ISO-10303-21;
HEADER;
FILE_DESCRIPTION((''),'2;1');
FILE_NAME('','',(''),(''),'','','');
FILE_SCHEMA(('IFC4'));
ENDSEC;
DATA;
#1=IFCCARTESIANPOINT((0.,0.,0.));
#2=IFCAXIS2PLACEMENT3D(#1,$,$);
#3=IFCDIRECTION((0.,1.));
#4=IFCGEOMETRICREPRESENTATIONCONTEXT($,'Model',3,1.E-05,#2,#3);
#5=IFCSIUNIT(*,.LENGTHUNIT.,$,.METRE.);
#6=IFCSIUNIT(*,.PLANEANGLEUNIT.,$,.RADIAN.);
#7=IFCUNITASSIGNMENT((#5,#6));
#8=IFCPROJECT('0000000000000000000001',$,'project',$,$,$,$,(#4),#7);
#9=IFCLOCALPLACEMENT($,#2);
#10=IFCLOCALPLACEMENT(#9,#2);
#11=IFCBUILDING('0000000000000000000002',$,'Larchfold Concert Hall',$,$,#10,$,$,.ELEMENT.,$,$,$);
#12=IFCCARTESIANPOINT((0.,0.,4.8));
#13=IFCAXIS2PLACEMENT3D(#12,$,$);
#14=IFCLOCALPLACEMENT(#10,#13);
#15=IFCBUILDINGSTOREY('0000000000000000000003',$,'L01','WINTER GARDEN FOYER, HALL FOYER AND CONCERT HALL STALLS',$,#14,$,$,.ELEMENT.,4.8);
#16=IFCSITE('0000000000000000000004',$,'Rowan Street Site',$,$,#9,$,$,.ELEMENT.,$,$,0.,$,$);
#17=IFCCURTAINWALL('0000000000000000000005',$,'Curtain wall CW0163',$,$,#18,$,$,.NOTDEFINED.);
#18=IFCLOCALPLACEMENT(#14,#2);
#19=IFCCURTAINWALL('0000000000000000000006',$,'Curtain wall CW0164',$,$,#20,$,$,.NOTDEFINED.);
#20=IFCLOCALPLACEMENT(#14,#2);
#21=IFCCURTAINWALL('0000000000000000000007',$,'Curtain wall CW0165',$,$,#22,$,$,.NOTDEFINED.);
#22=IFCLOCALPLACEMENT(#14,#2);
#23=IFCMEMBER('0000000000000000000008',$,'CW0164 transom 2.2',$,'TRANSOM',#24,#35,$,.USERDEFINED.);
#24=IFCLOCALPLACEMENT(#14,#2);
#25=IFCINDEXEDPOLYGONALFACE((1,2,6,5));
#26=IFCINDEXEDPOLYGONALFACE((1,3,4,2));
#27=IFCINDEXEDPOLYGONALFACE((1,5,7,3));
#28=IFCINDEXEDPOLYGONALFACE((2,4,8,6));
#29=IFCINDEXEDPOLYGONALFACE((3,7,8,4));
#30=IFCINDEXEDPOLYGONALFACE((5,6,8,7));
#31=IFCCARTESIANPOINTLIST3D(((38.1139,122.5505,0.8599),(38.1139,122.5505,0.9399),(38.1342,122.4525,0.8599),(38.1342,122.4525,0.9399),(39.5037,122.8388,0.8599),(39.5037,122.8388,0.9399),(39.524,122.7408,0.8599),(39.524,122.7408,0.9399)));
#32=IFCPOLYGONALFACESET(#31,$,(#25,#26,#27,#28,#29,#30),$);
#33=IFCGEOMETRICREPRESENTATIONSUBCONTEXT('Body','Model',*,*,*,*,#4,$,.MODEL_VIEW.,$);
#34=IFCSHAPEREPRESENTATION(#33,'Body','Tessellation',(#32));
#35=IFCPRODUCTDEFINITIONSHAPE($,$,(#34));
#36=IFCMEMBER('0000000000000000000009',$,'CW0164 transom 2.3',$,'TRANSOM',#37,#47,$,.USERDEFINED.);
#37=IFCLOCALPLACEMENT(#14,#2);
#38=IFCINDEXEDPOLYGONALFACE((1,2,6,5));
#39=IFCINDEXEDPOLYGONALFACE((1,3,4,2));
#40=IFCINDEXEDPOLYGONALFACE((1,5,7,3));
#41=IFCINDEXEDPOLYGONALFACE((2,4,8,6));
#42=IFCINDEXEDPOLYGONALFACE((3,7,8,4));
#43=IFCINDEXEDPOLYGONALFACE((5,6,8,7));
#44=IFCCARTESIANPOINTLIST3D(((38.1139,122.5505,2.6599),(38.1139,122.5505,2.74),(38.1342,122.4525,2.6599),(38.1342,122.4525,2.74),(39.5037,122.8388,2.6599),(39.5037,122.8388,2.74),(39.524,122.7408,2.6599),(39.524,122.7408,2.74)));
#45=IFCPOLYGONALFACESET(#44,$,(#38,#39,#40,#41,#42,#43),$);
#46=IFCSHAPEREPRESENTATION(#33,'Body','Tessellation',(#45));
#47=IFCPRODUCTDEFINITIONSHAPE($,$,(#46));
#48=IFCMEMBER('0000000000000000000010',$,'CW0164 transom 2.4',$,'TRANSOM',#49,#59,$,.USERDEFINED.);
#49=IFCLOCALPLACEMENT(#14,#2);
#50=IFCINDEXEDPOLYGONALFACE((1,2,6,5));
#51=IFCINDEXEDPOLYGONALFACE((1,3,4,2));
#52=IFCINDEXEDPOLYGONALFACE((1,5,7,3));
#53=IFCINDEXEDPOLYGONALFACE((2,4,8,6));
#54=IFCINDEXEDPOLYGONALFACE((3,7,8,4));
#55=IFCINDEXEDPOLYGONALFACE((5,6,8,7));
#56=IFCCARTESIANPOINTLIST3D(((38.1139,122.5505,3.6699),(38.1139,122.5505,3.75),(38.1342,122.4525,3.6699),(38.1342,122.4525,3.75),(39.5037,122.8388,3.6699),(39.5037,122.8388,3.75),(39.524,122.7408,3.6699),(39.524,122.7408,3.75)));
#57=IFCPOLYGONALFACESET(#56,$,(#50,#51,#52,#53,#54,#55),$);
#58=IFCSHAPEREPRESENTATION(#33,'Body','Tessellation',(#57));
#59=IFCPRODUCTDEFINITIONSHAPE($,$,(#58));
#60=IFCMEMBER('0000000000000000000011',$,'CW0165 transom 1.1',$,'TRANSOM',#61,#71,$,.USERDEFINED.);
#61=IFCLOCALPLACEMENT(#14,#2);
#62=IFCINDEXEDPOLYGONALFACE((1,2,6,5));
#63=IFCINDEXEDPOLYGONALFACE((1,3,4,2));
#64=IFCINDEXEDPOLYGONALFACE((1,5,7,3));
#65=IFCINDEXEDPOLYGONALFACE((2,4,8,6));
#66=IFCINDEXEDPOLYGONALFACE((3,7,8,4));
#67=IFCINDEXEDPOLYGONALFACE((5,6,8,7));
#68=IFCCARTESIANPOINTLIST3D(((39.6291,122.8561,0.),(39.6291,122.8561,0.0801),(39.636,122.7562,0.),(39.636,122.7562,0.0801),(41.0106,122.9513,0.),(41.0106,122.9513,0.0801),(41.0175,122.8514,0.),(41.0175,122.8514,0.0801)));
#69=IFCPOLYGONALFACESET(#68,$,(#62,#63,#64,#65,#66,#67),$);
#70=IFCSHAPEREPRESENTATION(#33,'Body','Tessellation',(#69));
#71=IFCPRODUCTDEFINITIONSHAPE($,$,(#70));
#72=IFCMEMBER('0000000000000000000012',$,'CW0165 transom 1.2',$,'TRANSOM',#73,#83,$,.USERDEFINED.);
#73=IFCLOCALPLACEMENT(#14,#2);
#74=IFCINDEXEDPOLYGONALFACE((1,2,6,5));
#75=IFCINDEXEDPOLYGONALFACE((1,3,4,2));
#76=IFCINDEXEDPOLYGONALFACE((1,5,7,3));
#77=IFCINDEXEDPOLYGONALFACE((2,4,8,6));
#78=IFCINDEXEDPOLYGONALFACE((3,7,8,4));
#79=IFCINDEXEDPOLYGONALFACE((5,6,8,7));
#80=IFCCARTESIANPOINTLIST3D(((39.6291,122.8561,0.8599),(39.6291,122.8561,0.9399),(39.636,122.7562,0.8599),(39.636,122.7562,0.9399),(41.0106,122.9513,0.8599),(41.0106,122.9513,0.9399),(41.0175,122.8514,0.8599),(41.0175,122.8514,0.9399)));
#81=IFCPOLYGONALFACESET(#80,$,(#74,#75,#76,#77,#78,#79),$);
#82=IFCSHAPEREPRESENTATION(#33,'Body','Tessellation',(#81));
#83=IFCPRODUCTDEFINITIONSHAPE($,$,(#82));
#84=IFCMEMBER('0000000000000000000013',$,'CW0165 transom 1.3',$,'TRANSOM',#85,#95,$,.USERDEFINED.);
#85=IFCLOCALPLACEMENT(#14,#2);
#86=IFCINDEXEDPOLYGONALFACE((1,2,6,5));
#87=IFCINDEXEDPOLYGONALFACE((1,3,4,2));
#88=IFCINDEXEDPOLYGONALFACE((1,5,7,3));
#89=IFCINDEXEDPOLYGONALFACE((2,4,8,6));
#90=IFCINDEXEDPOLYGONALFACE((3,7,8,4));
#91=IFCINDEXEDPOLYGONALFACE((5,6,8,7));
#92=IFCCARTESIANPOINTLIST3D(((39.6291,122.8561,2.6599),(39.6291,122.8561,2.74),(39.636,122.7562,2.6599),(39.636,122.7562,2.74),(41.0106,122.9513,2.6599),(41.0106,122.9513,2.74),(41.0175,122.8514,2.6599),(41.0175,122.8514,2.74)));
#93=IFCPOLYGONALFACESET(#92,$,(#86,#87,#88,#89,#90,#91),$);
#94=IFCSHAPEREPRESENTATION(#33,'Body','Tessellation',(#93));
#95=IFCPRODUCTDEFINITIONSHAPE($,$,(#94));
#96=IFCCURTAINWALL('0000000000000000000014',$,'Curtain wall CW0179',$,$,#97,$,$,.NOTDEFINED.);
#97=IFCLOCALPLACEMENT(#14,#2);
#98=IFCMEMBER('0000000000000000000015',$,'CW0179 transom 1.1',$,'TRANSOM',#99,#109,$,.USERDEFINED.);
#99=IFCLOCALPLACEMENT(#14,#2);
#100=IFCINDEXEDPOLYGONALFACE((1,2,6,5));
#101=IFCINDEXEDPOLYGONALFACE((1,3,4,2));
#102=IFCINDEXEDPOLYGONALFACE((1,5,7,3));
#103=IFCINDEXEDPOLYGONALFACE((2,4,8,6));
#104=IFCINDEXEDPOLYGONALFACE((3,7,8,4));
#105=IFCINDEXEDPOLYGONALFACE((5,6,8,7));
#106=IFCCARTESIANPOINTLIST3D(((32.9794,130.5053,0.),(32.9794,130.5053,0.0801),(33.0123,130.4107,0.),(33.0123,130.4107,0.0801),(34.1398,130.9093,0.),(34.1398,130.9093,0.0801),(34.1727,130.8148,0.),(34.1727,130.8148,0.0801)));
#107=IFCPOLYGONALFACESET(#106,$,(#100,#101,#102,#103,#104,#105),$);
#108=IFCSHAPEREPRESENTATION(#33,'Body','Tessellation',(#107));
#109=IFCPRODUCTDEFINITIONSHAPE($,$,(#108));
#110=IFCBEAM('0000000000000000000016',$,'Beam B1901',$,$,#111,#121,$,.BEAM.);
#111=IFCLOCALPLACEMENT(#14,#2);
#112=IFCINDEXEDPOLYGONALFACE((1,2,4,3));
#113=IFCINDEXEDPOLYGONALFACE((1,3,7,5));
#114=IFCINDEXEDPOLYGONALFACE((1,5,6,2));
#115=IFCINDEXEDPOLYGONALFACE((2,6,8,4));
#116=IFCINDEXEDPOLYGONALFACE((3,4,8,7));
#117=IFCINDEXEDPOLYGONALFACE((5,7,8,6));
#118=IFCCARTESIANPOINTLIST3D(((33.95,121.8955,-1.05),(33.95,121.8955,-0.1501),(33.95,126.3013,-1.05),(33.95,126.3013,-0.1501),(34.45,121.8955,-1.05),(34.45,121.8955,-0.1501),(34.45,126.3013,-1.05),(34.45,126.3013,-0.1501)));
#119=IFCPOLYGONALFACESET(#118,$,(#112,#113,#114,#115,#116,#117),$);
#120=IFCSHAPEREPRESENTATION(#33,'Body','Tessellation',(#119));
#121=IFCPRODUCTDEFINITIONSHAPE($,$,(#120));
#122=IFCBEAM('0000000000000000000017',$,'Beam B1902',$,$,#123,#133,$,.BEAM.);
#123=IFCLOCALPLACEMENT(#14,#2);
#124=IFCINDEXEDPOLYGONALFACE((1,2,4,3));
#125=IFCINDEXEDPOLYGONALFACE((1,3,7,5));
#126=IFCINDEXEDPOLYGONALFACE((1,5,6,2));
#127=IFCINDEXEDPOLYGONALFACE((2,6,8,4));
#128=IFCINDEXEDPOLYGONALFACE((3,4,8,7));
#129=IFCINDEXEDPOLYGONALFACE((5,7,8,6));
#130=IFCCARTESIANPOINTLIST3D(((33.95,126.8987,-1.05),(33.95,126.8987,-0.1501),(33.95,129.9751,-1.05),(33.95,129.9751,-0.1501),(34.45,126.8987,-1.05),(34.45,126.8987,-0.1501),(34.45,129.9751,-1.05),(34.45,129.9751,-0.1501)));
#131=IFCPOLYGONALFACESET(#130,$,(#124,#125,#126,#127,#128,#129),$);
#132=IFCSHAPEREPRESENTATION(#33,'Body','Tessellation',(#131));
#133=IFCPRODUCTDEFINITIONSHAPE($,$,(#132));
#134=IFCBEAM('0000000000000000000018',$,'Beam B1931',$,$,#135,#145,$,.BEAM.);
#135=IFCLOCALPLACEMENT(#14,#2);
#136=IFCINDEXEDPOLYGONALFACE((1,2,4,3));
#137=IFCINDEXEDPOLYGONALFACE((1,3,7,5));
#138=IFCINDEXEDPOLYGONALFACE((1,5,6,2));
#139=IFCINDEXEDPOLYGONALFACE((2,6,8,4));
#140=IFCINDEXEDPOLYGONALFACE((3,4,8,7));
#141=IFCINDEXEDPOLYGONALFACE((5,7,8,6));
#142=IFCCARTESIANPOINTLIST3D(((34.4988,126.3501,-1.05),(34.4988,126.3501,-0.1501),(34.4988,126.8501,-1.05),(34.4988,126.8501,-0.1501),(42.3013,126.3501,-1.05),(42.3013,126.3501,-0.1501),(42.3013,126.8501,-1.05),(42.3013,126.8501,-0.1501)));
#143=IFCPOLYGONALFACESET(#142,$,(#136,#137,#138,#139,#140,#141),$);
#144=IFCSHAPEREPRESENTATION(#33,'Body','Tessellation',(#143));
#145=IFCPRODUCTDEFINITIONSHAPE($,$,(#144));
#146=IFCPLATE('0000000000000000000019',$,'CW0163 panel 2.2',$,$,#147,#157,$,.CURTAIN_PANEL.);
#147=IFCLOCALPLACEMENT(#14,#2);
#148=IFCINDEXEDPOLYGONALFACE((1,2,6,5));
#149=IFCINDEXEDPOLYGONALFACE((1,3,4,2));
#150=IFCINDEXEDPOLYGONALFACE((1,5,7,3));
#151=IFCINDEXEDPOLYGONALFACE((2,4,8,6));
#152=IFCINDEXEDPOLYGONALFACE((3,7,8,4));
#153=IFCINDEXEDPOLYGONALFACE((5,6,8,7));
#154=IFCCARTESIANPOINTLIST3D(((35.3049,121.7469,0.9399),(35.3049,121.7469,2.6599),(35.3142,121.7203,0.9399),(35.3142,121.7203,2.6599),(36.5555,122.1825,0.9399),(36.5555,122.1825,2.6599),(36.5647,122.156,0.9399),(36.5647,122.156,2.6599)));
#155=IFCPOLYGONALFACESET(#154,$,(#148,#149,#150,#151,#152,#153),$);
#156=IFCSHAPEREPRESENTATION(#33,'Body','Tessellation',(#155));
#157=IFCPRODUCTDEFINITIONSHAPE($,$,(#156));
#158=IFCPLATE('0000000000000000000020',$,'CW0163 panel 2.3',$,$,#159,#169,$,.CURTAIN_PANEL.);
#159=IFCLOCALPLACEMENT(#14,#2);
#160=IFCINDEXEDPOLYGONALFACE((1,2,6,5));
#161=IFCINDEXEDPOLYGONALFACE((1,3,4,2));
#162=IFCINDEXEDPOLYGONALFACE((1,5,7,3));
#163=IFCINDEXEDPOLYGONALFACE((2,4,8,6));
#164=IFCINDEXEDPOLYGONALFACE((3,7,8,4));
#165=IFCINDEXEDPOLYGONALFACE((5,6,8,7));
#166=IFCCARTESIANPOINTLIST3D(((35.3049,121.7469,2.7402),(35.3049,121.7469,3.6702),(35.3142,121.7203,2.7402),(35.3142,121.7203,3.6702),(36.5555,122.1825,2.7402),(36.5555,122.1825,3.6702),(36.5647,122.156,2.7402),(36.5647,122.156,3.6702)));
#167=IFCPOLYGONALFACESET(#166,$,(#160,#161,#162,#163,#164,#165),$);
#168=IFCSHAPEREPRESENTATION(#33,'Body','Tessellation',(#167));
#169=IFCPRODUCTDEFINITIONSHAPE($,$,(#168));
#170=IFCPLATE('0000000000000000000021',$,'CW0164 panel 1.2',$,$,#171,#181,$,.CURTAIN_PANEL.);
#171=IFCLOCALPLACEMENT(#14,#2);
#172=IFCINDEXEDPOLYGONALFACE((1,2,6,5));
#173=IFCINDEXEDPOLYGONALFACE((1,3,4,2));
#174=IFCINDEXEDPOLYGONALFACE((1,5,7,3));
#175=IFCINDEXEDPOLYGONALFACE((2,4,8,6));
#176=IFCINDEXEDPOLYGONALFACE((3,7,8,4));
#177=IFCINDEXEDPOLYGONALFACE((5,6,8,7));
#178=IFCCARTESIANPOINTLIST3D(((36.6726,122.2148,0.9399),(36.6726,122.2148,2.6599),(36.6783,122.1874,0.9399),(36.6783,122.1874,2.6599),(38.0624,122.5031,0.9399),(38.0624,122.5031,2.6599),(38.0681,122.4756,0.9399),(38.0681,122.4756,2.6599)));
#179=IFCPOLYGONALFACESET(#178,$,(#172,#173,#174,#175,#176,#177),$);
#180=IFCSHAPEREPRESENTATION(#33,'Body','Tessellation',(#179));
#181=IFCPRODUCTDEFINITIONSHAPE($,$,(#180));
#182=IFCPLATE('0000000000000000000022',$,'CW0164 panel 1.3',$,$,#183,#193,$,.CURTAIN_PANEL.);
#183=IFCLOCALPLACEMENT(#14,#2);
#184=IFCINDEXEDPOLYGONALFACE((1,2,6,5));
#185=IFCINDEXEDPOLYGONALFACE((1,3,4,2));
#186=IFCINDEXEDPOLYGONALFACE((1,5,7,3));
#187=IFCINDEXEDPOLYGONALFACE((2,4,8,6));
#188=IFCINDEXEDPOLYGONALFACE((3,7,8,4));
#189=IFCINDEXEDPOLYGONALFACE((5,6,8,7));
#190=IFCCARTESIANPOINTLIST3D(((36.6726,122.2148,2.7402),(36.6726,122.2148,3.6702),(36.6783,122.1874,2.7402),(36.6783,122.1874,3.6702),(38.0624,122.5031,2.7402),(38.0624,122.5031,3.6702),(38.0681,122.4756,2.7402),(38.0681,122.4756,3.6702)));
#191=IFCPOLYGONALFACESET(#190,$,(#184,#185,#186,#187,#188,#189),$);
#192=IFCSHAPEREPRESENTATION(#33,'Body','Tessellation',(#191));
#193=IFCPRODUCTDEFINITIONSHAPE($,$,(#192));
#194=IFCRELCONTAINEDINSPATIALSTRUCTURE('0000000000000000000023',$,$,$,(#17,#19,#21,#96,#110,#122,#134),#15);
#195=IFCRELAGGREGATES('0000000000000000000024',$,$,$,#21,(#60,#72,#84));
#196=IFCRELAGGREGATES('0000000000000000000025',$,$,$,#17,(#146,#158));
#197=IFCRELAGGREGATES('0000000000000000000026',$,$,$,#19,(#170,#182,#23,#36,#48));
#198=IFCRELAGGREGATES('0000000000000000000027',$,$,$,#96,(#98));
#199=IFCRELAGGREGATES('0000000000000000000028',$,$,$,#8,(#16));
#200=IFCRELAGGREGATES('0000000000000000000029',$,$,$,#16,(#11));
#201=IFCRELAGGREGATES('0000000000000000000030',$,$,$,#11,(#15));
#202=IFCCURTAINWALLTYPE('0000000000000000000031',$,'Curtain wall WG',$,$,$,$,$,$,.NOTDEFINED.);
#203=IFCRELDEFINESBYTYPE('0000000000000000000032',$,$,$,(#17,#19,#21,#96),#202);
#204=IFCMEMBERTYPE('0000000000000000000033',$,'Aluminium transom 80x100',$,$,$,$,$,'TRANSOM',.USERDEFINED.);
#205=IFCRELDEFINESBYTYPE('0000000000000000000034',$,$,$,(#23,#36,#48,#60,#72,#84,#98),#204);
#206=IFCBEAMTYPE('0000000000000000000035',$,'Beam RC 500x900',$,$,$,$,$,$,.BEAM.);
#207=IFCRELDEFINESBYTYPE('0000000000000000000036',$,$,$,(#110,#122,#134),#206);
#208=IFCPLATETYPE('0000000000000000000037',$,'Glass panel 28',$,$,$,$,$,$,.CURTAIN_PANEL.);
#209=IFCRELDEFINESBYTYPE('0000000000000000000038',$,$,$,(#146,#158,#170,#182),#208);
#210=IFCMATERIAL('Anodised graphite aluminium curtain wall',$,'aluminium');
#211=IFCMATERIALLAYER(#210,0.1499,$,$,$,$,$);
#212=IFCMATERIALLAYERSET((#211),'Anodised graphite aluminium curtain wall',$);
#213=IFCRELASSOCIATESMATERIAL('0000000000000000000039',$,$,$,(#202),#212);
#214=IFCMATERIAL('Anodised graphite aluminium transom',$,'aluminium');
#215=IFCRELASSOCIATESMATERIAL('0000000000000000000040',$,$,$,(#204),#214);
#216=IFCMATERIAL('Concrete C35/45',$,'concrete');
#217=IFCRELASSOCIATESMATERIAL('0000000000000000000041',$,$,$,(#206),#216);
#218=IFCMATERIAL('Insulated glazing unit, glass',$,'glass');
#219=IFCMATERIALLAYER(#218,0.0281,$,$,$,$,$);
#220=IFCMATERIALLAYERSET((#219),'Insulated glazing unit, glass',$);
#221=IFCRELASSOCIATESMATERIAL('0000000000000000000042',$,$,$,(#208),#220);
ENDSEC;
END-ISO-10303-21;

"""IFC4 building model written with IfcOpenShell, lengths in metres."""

from ifc_helpers import new_model, si_unit, direction, frame, origin, origin_2d, place, context, subcontext, project, spatial, rectangle, extrude, material, layer, layer_set, material_profile, profile_set, type_object, element, aggregate, save


model = new_model("IFC4")

# Units and contexts
model_context = context("Model", 3, precision=1e-05, world=origin(), true_north=direction((0.0, 1.0)))
body_context = subcontext(model_context, "Body", "Model", "MODEL_VIEW")
ifc_project = project(units=[si_unit("LENGTHUNIT", "METRE"), si_unit("PLANEANGLEUNIT", "RADIAN")], contexts=[model_context])

# Site, building, storey
site_placement = place(None, origin())
site = spatial("IfcSite", under=ifc_project, at=site_placement, Name="Rowan Street Site", CompositionType="ELEMENT", RefElevation=0.0)
building_placement = place(site_placement, origin())
building = spatial("IfcBuilding", under=site, at=building_placement, Name="Larchfold Concert Hall", CompositionType="ELEMENT")
storey_placement = place(building_placement, frame((0.0, 0.0, 4.8)))
storey = spatial("IfcBuildingStorey", under=building, at=storey_placement, Name="L01", Description="WINTER GARDEN FOYER, HALL FOYER AND CONCERT HALL STALLS", CompositionType="ELEMENT", Elevation=4.8)

# Curtain wall
ifc_material_1 = material(Name="Anodised graphite aluminium curtain wall", Category="aluminium")
ifc_layer_1 = layer(ifc_material_1, 0.1499)
ifc_layer_set_1 = layer_set([ifc_layer_1], Name="Anodised graphite aluminium curtain wall")
curtain_wall_type = type_object("IfcCurtainWallType", Name="Curtain wall WG", PredefinedType="NOTDEFINED", material=ifc_layer_set_1)
curtain_wall_1_placement = place(storey_placement, origin())
curtain_wall_1 = element("IfcCurtainWall", 1, at=curtain_wall_1_placement, inside=storey, type_object=curtain_wall_type, Name="Curtain wall CW0163", PredefinedType="NOTDEFINED")

# Curtain wall
curtain_wall_2_placement = place(storey_placement, origin())
curtain_wall_2 = element("IfcCurtainWall", 2, at=curtain_wall_2_placement, inside=storey, type_object=curtain_wall_type, Name="Curtain wall CW0164", PredefinedType="NOTDEFINED")

# Curtain wall
curtain_wall_3_placement = place(storey_placement, origin())
curtain_wall_3 = element("IfcCurtainWall", 3, at=curtain_wall_3_placement, inside=storey, type_object=curtain_wall_type, Name="Curtain wall CW0165", PredefinedType="NOTDEFINED")

# Members
ifc_material_2 = material(Name="Anodised graphite aluminium transom", Category="aluminium")
ifc_material_profile_1 = material_profile(ifc_material_2, rectangle(XDim=0.1001, YDim=0.0801, at=origin_2d()))
ifc_profile_set_1 = profile_set([ifc_material_profile_1], Name="Anodised graphite aluminium transom")
member_type_1 = type_object("IfcMemberType", Name="Aluminium transom 80x100", ElementType="TRANSOM", PredefinedType="USERDEFINED", material=ifc_profile_set_1)
member_1_placement = place(storey_placement, frame((38.124, 122.5015, 0.8999), z_axis=(0.979153, 0.203123, 0.0), x_axis=(-0.203123, 0.979153, 0.0)))
member_1 = element("IfcMember", 4, at=member_1_placement, type_object=member_type_1, Name="CW0164 transom 2.2", ObjectType="TRANSOM", PredefinedType="USERDEFINED", context=body_context, shape_type="SweptSolid", body=[
    extrude(rectangle(XDim=0.1001, YDim=0.0801, at=origin_2d()), origin(), (0.0, 0.0, 1.0), 1.4194),
])
member_2_placement = place(storey_placement, frame((38.124, 122.5015, 2.7), z_axis=(0.979153, 0.203123, 0.0), x_axis=(-0.203123, 0.979153, 0.0)))
member_2 = element("IfcMember", 5, at=member_2_placement, type_object=member_type_1, Name="CW0164 transom 2.3", ObjectType="TRANSOM", PredefinedType="USERDEFINED", context=body_context, shape_type="SweptSolid", body=[
    extrude(rectangle(XDim=0.1001, YDim=0.0801, at=origin_2d()), origin(), (0.0, 0.0, 1.0), 1.4194),
])
member_3_placement = place(storey_placement, frame((38.124, 122.5015, 3.71), z_axis=(0.979153, 0.203123, 0.0), x_axis=(-0.203123, 0.979153, 0.0)))
member_3 = element("IfcMember", 6, at=member_3_placement, type_object=member_type_1, Name="CW0164 transom 2.4", ObjectType="TRANSOM", PredefinedType="USERDEFINED", context=body_context, shape_type="SweptSolid", body=[
    extrude(rectangle(XDim=0.1001, YDim=0.0801, at=origin_2d()), origin(), (0.0, 0.0, 1.0), 1.4194),
])
member_4_placement = place(storey_placement, frame((39.6326, 122.8062, 0.04), z_axis=(0.997634, 0.068754, 0.0), x_axis=(-0.068754, 0.997634, 0.0)))
member_4 = element("IfcMember", 7, at=member_4_placement, type_object=member_type_1, Name="CW0165 transom 1.1", ObjectType="TRANSOM", PredefinedType="USERDEFINED", context=body_context, shape_type="SweptSolid", body=[
    extrude(rectangle(XDim=0.1001, YDim=0.0801, at=origin_2d()), origin(), (0.0, 0.0, 1.0), 1.3848),
])
member_5_placement = place(storey_placement, frame((39.6326, 122.8062, 0.8999), z_axis=(0.997634, 0.068754, 0.0), x_axis=(-0.068754, 0.997634, 0.0)))
member_5 = element("IfcMember", 8, at=member_5_placement, type_object=member_type_1, Name="CW0165 transom 1.2", ObjectType="TRANSOM", PredefinedType="USERDEFINED", context=body_context, shape_type="SweptSolid", body=[
    extrude(rectangle(XDim=0.1001, YDim=0.0801, at=origin_2d()), origin(), (0.0, 0.0, 1.0), 1.3848),
])
member_6_placement = place(storey_placement, frame((39.6326, 122.8062, 2.7), z_axis=(0.997634, 0.068754, 0.0), x_axis=(-0.068754, 0.997634, 0.0)))
member_6 = element("IfcMember", 9, at=member_6_placement, type_object=member_type_1, Name="CW0165 transom 1.3", ObjectType="TRANSOM", PredefinedType="USERDEFINED", context=body_context, shape_type="SweptSolid", body=[
    extrude(rectangle(XDim=0.1001, YDim=0.0801, at=origin_2d()), origin(), (0.0, 0.0, 1.0), 1.3848),
])
aggregate(curtain_wall_3, [member_4, member_5, member_6])

# Curtain wall, member
curtain_wall_4_placement = place(storey_placement, origin())
curtain_wall_4 = element("IfcCurtainWall", 10, at=curtain_wall_4_placement, inside=storey, type_object=curtain_wall_type, Name="Curtain wall CW0179", PredefinedType="NOTDEFINED")
member_7_placement = place(storey_placement, frame((34.1562, 130.8621, 0.04), z_axis=(-0.944387, -0.328837, 0.0), x_axis=(0.328837, -0.944387, 0.0)))
member_7 = element("IfcMember", 11, at=member_7_placement, type_object=member_type_1, Name="CW0179 transom 1.1", ObjectType="TRANSOM", PredefinedType="USERDEFINED", context=body_context, shape_type="SweptSolid", body=[
    extrude(rectangle(XDim=0.1001, YDim=0.0801, at=origin_2d()), origin(), (0.0, 0.0, 1.0), 1.2288),
])

# Beams
ifc_material_3 = material(Name="Concrete C35/45", Category="concrete")
ifc_material_profile_2 = material_profile(ifc_material_3, rectangle(XDim=0.5, YDim=0.8999, at=origin_2d()))
ifc_profile_set_2 = profile_set([ifc_material_profile_2], Name="Concrete C35/45")
beam_type = type_object("IfcBeamType", Name="Beam RC 500x900", PredefinedType="BEAM", material=ifc_profile_set_2)
beam_1_placement = place(storey_placement, frame((34.2, 121.8955, -0.6001), z_axis=(0.0, 1.0, 0.0), x_axis=(-1.0, 0.0, 0.0)))
element("IfcBeam", 12, at=beam_1_placement, inside=storey, type_object=beam_type, Name="Beam B1901", PredefinedType="BEAM", context=body_context, shape_type="SweptSolid", body=[
    extrude(rectangle(XDim=0.5, YDim=0.8999, at=origin_2d()), origin(), (0.0, 0.0, 1.0), 4.4058),
])
beam_2_placement = place(storey_placement, frame((34.2, 126.8987, -0.6001), z_axis=(0.0, 1.0, 0.0), x_axis=(-1.0, 0.0, 0.0)))
element("IfcBeam", 13, at=beam_2_placement, inside=storey, type_object=beam_type, Name="Beam B1902", PredefinedType="BEAM", context=body_context, shape_type="SweptSolid", body=[
    extrude(rectangle(XDim=0.5, YDim=0.8999, at=origin_2d()), origin(), (0.0, 0.0, 1.0), 3.0764),
])
beam_3_placement = place(storey_placement, frame((34.4988, 126.6001, -0.6001), z_axis=(1.0, 0.0, 0.0), x_axis=(0.0, 1.0, 0.0)))
element("IfcBeam", 14, at=beam_3_placement, inside=storey, type_object=beam_type, Name="Beam B1931", PredefinedType="BEAM", context=body_context, shape_type="SweptSolid", body=[
    extrude(rectangle(XDim=0.5, YDim=0.8999, at=origin_2d()), origin(), (0.0, 0.0, 1.0), 7.8025),
])

# Plates
ifc_material_4 = material(Name="Insulated glazing unit, glass", Category="glass")
ifc_layer_2 = layer(ifc_material_4, 0.0281)
ifc_layer_set_2 = layer_set([ifc_layer_2], Name="Insulated glazing unit, glass")
plate_type_1 = type_object("IfcPlateType", Name="Glass panel 28", PredefinedType="CURTAIN_PANEL", material=ifc_layer_set_2)
plate_1_placement = place(storey_placement, frame((35.9348, 121.9514, 0.9399), z_axis=(0.0, 0.0, 1.0), x_axis=(0.944342, 0.328966, 0.0)))
plate_1 = element("IfcPlate", 15, at=plate_1_placement, type_object=plate_type_1, Name="CW0163 panel 2.2", PredefinedType="CURTAIN_PANEL", context=body_context, shape_type="SweptSolid", body=[
    extrude(rectangle(XDim=1.3242, YDim=0.0281, at=origin_2d()), origin(), (0.0, 0.0, 1.0), 1.72),
])
plate_2_placement = place(storey_placement, frame((35.9348, 121.9514, 2.7402), z_axis=(0.0, 0.0, 1.0), x_axis=(0.944342, 0.328966, 0.0)))
plate_2 = element("IfcPlate", 16, at=plate_2_placement, type_object=plate_type_1, Name="CW0163 panel 2.3", PredefinedType="CURTAIN_PANEL", context=body_context, shape_type="SweptSolid", body=[
    extrude(rectangle(XDim=1.3242, YDim=0.0281, at=origin_2d()), origin(), (0.0, 0.0, 1.0), 0.9299),
])
plate_3_placement = place(storey_placement, frame((37.3704, 122.3452, 0.9399), z_axis=(0.0, 0.0, 1.0), x_axis=(0.979166, 0.203063, 0.0)))
plate_3 = element("IfcPlate", 17, at=plate_3_placement, type_object=plate_type_1, Name="CW0164 panel 1.2", PredefinedType="CURTAIN_PANEL", context=body_context, shape_type="SweptSolid", body=[
    extrude(rectangle(XDim=1.4194, YDim=0.0281, at=origin_2d()), origin(), (0.0, 0.0, 1.0), 1.72),
])
plate_4_placement = place(storey_placement, frame((37.3704, 122.3452, 2.7402), z_axis=(0.0, 0.0, 1.0), x_axis=(0.979166, 0.203063, 0.0)))
plate_4 = element("IfcPlate", 18, at=plate_4_placement, type_object=plate_type_1, Name="CW0164 panel 1.3", PredefinedType="CURTAIN_PANEL", context=body_context, shape_type="SweptSolid", body=[
    extrude(rectangle(XDim=1.4194, YDim=0.0281, at=origin_2d()), origin(), (0.0, 0.0, 1.0), 0.9299),
])
aggregate(curtain_wall_1, [plate_1, plate_2])
aggregate(curtain_wall_2, [plate_3, plate_4, member_1, member_2, member_3])
aggregate(curtain_wall_4, [member_7])

save(model, "model.ifc")
